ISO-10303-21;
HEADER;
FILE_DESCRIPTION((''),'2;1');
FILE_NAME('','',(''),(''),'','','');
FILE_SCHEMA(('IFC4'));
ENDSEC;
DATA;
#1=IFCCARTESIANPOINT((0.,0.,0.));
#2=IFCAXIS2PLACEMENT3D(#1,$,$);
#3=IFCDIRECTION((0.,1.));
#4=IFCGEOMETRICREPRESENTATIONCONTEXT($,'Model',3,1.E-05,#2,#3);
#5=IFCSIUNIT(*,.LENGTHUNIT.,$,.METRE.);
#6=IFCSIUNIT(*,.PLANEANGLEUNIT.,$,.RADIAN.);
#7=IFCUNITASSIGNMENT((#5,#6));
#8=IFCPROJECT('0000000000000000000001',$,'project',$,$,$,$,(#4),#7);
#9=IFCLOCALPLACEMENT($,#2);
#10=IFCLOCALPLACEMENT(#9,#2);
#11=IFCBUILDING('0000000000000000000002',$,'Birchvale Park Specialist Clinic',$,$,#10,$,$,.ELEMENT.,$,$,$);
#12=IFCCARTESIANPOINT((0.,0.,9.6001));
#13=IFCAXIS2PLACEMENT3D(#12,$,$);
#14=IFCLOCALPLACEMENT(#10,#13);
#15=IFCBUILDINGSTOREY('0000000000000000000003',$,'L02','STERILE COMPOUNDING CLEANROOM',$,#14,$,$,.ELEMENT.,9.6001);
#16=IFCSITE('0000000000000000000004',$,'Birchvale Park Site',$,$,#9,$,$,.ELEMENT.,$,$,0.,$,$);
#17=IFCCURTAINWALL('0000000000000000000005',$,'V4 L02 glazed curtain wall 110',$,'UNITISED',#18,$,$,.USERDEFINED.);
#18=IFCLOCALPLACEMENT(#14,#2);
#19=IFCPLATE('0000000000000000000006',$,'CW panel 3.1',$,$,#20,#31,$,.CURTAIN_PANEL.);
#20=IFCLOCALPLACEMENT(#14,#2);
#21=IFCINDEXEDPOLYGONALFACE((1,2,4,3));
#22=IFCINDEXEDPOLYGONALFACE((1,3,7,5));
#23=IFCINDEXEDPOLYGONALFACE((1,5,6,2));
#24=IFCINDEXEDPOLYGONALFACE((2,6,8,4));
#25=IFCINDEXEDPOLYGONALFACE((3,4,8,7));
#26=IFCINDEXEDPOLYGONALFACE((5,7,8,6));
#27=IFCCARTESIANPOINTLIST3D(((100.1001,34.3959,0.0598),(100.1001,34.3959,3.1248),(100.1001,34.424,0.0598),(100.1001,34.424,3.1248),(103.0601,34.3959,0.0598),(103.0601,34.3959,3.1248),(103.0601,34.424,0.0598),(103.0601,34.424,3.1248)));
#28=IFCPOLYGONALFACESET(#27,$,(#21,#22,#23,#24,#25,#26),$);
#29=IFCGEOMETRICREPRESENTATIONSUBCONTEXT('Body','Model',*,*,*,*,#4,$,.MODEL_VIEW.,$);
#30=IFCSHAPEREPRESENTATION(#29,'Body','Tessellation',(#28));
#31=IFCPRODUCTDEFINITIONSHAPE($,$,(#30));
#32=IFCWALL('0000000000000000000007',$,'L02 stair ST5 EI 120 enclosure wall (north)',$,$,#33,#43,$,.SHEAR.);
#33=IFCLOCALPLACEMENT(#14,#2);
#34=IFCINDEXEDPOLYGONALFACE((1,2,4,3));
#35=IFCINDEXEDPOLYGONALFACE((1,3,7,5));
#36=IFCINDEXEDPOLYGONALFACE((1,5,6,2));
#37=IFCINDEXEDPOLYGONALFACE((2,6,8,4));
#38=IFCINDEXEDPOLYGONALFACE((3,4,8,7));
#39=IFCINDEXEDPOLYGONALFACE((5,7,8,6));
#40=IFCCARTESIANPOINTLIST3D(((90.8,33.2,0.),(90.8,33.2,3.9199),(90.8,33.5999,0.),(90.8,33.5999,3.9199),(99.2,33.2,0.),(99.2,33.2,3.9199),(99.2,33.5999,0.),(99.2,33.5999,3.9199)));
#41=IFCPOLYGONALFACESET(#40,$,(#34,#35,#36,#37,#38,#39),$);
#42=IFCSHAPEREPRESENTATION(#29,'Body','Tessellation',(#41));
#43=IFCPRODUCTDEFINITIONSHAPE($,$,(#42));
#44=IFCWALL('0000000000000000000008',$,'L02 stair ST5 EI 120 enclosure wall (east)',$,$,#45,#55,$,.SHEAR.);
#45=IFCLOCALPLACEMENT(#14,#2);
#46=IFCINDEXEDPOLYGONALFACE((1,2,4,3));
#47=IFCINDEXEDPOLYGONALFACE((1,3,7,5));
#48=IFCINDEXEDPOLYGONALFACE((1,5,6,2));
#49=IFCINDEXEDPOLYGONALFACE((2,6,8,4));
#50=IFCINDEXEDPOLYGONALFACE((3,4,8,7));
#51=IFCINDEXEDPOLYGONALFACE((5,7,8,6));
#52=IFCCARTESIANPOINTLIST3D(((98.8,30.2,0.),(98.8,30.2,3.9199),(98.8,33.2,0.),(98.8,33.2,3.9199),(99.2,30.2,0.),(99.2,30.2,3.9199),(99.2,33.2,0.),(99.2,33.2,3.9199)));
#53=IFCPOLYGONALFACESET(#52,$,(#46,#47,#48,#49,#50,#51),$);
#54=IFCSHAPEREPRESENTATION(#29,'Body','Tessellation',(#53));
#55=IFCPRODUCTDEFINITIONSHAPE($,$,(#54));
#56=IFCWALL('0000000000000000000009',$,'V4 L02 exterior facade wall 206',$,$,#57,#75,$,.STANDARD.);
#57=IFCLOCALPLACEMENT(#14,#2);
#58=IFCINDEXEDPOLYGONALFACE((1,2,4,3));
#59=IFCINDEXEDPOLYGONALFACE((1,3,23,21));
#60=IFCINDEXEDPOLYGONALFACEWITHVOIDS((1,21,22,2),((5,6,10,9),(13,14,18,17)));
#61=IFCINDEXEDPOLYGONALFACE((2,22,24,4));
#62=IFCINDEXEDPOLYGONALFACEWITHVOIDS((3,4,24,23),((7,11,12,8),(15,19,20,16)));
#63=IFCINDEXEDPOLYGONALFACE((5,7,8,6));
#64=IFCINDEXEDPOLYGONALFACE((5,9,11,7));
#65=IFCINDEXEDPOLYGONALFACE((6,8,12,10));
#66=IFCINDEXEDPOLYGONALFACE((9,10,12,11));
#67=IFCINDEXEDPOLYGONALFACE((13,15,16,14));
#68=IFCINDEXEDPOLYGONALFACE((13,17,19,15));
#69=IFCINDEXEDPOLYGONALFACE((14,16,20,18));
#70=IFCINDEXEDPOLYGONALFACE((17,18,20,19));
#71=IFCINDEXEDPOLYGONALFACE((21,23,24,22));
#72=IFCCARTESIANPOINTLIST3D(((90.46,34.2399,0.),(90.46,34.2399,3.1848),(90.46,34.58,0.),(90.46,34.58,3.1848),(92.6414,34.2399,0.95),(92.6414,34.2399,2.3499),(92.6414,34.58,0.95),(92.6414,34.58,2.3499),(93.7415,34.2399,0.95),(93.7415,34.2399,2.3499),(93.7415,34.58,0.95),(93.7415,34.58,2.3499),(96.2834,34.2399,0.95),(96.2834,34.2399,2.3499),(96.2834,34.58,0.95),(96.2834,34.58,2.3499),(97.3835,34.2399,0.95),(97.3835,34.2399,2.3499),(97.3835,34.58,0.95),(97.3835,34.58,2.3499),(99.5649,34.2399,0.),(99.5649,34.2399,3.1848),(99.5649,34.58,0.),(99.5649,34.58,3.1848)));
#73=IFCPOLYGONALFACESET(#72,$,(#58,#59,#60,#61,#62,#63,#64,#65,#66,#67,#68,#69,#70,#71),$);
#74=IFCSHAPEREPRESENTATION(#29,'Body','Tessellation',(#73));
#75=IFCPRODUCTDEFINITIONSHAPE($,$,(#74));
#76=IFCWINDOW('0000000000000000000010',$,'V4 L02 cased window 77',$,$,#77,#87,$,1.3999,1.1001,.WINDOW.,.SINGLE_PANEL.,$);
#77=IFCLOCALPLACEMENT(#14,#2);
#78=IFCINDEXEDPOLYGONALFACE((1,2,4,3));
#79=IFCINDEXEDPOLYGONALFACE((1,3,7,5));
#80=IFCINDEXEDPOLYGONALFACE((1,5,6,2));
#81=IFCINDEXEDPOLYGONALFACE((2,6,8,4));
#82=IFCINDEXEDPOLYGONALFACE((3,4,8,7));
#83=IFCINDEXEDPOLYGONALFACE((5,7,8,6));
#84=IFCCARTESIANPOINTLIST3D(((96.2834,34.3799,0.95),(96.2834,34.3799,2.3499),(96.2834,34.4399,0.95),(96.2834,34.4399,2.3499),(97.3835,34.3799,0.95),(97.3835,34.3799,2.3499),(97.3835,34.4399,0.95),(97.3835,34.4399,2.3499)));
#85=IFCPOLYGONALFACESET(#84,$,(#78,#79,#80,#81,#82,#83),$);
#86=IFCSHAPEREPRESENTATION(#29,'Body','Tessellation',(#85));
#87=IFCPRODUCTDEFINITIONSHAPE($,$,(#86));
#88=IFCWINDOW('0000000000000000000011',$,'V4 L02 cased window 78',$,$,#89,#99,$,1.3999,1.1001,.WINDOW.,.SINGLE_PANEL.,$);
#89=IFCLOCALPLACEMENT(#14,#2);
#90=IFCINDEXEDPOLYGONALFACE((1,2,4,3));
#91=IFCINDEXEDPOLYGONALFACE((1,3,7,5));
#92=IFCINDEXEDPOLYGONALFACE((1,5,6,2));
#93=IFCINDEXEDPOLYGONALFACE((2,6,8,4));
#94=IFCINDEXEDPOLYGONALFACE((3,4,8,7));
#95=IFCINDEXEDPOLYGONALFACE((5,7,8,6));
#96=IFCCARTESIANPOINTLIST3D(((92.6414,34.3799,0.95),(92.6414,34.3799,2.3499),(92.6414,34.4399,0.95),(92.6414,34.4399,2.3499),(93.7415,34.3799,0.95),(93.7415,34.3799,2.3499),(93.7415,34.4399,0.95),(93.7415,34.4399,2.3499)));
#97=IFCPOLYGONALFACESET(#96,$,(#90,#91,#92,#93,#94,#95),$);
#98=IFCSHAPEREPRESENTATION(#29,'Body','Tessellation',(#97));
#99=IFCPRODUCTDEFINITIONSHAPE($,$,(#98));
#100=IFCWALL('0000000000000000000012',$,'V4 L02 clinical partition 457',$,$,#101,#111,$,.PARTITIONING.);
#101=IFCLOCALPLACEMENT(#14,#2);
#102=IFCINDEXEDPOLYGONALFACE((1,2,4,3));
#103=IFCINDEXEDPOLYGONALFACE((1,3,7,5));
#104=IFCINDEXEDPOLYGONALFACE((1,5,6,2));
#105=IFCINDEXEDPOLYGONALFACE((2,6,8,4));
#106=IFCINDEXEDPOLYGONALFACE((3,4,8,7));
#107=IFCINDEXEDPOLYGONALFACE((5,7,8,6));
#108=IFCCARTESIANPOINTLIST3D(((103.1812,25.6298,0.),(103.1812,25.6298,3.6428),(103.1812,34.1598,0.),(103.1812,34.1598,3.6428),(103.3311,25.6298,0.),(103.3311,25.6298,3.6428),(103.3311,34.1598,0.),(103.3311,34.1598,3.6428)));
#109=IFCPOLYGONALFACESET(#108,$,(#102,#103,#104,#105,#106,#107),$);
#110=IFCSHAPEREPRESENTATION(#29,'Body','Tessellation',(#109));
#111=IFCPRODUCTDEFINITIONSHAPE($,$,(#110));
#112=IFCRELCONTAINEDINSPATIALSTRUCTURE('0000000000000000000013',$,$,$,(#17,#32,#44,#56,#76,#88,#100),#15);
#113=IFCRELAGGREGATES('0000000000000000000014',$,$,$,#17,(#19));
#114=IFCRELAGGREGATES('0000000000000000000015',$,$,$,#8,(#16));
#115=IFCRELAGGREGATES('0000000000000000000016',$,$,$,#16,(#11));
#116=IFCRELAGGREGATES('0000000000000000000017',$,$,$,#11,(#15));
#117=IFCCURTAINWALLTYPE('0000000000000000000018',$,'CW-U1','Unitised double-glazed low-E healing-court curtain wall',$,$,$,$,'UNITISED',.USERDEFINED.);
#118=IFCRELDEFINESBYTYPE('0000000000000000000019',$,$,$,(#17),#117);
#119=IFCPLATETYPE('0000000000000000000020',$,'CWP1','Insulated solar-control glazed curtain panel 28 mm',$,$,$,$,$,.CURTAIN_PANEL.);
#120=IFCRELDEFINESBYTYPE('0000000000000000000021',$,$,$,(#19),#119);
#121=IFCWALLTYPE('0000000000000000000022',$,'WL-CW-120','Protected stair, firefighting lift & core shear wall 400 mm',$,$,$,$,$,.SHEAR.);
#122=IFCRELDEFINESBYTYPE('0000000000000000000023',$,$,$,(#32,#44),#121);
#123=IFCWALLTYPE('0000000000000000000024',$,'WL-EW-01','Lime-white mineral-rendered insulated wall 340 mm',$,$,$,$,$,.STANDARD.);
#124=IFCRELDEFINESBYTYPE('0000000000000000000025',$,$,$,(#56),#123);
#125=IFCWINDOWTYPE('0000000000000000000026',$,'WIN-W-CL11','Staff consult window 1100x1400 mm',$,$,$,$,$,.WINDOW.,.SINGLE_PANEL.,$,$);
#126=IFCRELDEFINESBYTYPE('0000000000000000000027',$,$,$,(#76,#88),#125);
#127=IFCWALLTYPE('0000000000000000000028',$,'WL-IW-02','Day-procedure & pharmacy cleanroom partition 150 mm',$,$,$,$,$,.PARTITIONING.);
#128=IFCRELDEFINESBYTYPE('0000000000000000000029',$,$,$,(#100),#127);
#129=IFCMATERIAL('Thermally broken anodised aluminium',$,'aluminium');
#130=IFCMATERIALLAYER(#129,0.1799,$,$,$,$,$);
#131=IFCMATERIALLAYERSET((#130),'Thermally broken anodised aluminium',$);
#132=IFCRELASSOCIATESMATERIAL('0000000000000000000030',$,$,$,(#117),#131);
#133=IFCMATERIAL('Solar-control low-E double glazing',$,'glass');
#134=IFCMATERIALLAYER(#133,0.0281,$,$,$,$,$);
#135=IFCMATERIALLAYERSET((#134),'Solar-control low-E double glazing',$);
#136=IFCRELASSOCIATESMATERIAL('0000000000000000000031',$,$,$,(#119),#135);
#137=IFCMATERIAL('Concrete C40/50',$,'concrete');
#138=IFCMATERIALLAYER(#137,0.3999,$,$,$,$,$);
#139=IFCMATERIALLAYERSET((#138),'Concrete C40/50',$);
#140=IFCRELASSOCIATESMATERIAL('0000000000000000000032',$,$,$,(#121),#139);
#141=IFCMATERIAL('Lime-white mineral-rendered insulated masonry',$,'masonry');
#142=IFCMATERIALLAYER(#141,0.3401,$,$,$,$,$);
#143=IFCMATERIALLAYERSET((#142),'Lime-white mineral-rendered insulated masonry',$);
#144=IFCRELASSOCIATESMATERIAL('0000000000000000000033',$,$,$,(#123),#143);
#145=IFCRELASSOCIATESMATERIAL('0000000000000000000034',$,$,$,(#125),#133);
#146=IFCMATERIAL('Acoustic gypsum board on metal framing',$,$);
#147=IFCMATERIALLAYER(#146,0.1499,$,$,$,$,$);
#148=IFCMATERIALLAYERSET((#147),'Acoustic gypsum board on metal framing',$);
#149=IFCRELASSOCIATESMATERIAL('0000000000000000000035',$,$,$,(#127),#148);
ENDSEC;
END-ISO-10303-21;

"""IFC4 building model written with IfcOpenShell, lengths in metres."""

from ifc_helpers import new_model, si_unit, direction, frame, frame_2d, origin, origin_2d, place, context, subcontext, project, spatial, rectangle, extrude, material, layer, layer_set, type_object, element, fill, aggregate, save


model = new_model("IFC4")

# Units and contexts
model_context = context("Model", 3, precision=1e-05, world=origin(), true_north=direction((0.0, 1.0)))
body_context = subcontext(model_context, "Body", "Model", "MODEL_VIEW")
ifc_project = project(units=[si_unit("LENGTHUNIT", "METRE"), si_unit("PLANEANGLEUNIT", "RADIAN")], contexts=[model_context])

# Site, building, storey
site_placement = place(None, origin())
site = spatial("IfcSite", under=ifc_project, at=site_placement, Name="Birchvale Park Site", CompositionType="ELEMENT", RefElevation=0.0)
building_placement = place(site_placement, origin())
building = spatial("IfcBuilding", under=site, at=building_placement, Name="Birchvale Park Specialist Clinic", CompositionType="ELEMENT")
storey_placement = place(building_placement, frame((0.0, 0.0, 9.6001)))
storey = spatial("IfcBuildingStorey", under=building, at=storey_placement, Name="L02", Description="STERILE COMPOUNDING CLEANROOM", CompositionType="ELEMENT", Elevation=9.6001)

# Shared definitions
ifc_material_1 = material(Name="Concrete C40/50", Category="concrete")

# Curtain wall, plate
ifc_material_2 = material(Name="Thermally broken anodised aluminium", Category="aluminium")
ifc_layer_1 = layer(ifc_material_2, 0.1799)
ifc_layer_set_1 = layer_set([ifc_layer_1], Name="Thermally broken anodised aluminium")
curtain_wall_type = type_object("IfcCurtainWallType", Name="CW-U1", Description="Unitised double-glazed low-E healing-court curtain wall", ElementType="UNITISED", PredefinedType="USERDEFINED", material=ifc_layer_set_1)
curtain_wall_placement = place(storey_placement, origin())
curtain_wall = element("IfcCurtainWall", 1, at=curtain_wall_placement, inside=storey, type_object=curtain_wall_type, Name="V4 L02 glazed curtain wall 110", ObjectType="UNITISED", PredefinedType="USERDEFINED")
ifc_material_3 = material(Name="Solar-control low-E double glazing", Category="glass")
ifc_layer_2 = layer(ifc_material_3, 0.0281)
ifc_layer_set_2 = layer_set([ifc_layer_2], Name="Solar-control low-E double glazing")
plate_type = type_object("IfcPlateType", Name="CWP1", Description="Insulated solar-control glazed curtain panel 28 mm", PredefinedType="CURTAIN_PANEL", material=ifc_layer_set_2)
plate_1_placement = place(storey_placement, frame((101.5801, 34.4099, 0.0598), z_axis=(0.0, 0.0, 1.0), x_axis=(-1.0, 0.0, 0.0)))
plate_1 = element("IfcPlate", 2, at=plate_1_placement, type_object=plate_type, Name="CW panel 3.1", PredefinedType="CURTAIN_PANEL", context=body_context, shape_type="SweptSolid", body=[
    extrude(rectangle(XDim=2.96, YDim=0.0281, at=origin_2d()), origin(), (0.0, 0.0, 1.0), 3.0649),
])
aggregate(curtain_wall, [plate_1])

# Walls
ifc_layer_3 = layer(ifc_material_1, 0.3999)
ifc_layer_set_3 = layer_set([ifc_layer_3], Name="Concrete C40/50")
wall_type_1 = type_object("IfcWallType", Name="WL-CW-120", Description="Protected stair, firefighting lift & core shear wall 400 mm", PredefinedType="SHEAR", material=ifc_layer_set_3)
wall_1_placement = place(storey_placement, frame((99.2, 33.3999, 0.0), z_axis=(0.0, 0.0, 1.0), x_axis=(-1.0, 0.0, 0.0)))
element("IfcWall", 3, at=wall_1_placement, inside=storey, type_object=wall_type_1, Name="L02 stair ST5 EI 120 enclosure wall (north)", PredefinedType="SHEAR", context=body_context, shape_type="SweptSolid", body=[
    extrude(rectangle(XDim=8.3999, YDim=0.3999, at=frame_2d((4.2, 0.0))), origin(), (0.0, 0.0, 1.0), 3.9199),
])
wall_2_placement = place(storey_placement, frame((99.0, 33.2, 0.0), z_axis=(0.0, 0.0, 1.0), x_axis=(0.0, -1.0, 0.0)))
element("IfcWall", 4, at=wall_2_placement, inside=storey, type_object=wall_type_1, Name="L02 stair ST5 EI 120 enclosure wall (east)", PredefinedType="SHEAR", context=body_context, shape_type="SweptSolid", body=[
    extrude(rectangle(XDim=3.0, YDim=0.3999, at=frame_2d((1.5, 0.0))), origin(), (0.0, 0.0, 1.0), 3.9199),
])

# Wall, openings, windows
ifc_material_4 = material(Name="Lime-white mineral-rendered insulated masonry", Category="masonry")
ifc_layer_4 = layer(ifc_material_4, 0.3401)
ifc_layer_set_4 = layer_set([ifc_layer_4], Name="Lime-white mineral-rendered insulated masonry")
wall_type_2 = type_object("IfcWallType", Name="WL-EW-01", Description="Lime-white mineral-rendered insulated wall 340 mm", PredefinedType="STANDARD", material=ifc_layer_set_4)
wall_3_placement = place(storey_placement, frame((99.5649, 34.4099, 0.0), z_axis=(0.0, 0.0, 1.0), x_axis=(-1.0, 0.0, 0.0)))
wall_3 = element("IfcWall", 5, at=wall_3_placement, inside=storey, type_object=wall_type_2, Name="V4 L02 exterior facade wall 206", PredefinedType="STANDARD", context=body_context, shape_type="SweptSolid", body=[
    extrude(rectangle(XDim=9.105, YDim=0.3401, at=frame_2d((4.5525, 0.0))), origin(), (0.0, 0.0, 1.0), 3.1848),
])
opening_1_placement = place(wall_3_placement, frame((2.1814, 0.0, 0.95)))
opening_1 = element("IfcOpeningElement", 6, at=opening_1_placement, cuts=wall_3, PredefinedType="OPENING", context=body_context, shape_type="SweptSolid", body=[
    extrude(rectangle(XDim=1.1001, YDim=1.3999, at=frame_2d((0.55, 0.7))), frame((0.0, 0.1802, 0.0), z_axis=(0.0, -1.0, 0.0), x_axis=(1.0, 0.0, 0.0)), (0.0, 0.0, 1.0), 0.3601),
])
opening_2_placement = place(wall_3_placement, frame((5.8235, 0.0, 0.95)))
opening_2 = element("IfcOpeningElement", 7, at=opening_2_placement, cuts=wall_3, PredefinedType="OPENING", context=body_context, shape_type="SweptSolid", body=[
    extrude(rectangle(XDim=1.1001, YDim=1.3999, at=frame_2d((0.55, 0.7))), frame((0.0, 0.1802, 0.0), z_axis=(0.0, -1.0, 0.0), x_axis=(1.0, 0.0, 0.0)), (0.0, 0.0, 1.0), 0.3601),
])
window_type = type_object("IfcWindowType", Name="WIN-W-CL11", Description="Staff consult window 1100x1400 mm", PartitioningType="SINGLE_PANEL", PredefinedType="WINDOW", material=ifc_material_3)
window_1_placement = place(opening_1_placement, origin())
window_1 = element("IfcWindow", 8, at=window_1_placement, inside=storey, type_object=window_type, Name="V4 L02 cased window 77", OverallHeight=1.3999, OverallWidth=1.1001, PartitioningType="SINGLE_PANEL", PredefinedType="WINDOW", context=body_context, shape_type="SweptSolid", body=[
    extrude(rectangle(XDim=1.1001, YDim=1.3999, at=frame_2d((0.55, 0.7))), frame((0.0, 0.03, 0.0), z_axis=(0.0, -1.0, 0.0), x_axis=(1.0, 0.0, 0.0)), (0.0, 0.0, 1.0), 0.0601),
])
fill(opening_1, window_1)
window_2_placement = place(opening_2_placement, origin())
window_2 = element("IfcWindow", 9, at=window_2_placement, inside=storey, type_object=window_type, Name="V4 L02 cased window 78", OverallHeight=1.3999, OverallWidth=1.1001, PartitioningType="SINGLE_PANEL", PredefinedType="WINDOW", context=body_context, shape_type="SweptSolid", body=[
    extrude(rectangle(XDim=1.1001, YDim=1.3999, at=frame_2d((0.55, 0.7))), frame((0.0, 0.03, 0.0), z_axis=(0.0, -1.0, 0.0), x_axis=(1.0, 0.0, 0.0)), (0.0, 0.0, 1.0), 0.0601),
])
fill(opening_2, window_2)

# Wall
ifc_material_5 = material(Name="Acoustic gypsum board on metal framing")
ifc_layer_5 = layer(ifc_material_5, 0.1499)
ifc_layer_set_5 = layer_set([ifc_layer_5], Name="Acoustic gypsum board on metal framing")
wall_type_3 = type_object("IfcWallType", Name="WL-IW-02", Description="Day-procedure & pharmacy cleanroom partition 150 mm", PredefinedType="PARTITIONING", material=ifc_layer_set_5)
wall_4_placement = place(storey_placement, frame((103.2561, 34.1599, 0.0), z_axis=(0.0, 0.0, 1.0), x_axis=(0.0, -1.0, 0.0)))
element("IfcWall", 10, at=wall_4_placement, inside=storey, type_object=wall_type_3, Name="V4 L02 clinical partition 457", PredefinedType="PARTITIONING", context=body_context, shape_type="SweptSolid", body=[
    extrude(rectangle(XDim=8.53, YDim=0.1499, at=frame_2d((4.2651, 0.0))), origin(), (0.0, 0.0, 1.0), 3.6428),
])

save(model, "model.ifc")
